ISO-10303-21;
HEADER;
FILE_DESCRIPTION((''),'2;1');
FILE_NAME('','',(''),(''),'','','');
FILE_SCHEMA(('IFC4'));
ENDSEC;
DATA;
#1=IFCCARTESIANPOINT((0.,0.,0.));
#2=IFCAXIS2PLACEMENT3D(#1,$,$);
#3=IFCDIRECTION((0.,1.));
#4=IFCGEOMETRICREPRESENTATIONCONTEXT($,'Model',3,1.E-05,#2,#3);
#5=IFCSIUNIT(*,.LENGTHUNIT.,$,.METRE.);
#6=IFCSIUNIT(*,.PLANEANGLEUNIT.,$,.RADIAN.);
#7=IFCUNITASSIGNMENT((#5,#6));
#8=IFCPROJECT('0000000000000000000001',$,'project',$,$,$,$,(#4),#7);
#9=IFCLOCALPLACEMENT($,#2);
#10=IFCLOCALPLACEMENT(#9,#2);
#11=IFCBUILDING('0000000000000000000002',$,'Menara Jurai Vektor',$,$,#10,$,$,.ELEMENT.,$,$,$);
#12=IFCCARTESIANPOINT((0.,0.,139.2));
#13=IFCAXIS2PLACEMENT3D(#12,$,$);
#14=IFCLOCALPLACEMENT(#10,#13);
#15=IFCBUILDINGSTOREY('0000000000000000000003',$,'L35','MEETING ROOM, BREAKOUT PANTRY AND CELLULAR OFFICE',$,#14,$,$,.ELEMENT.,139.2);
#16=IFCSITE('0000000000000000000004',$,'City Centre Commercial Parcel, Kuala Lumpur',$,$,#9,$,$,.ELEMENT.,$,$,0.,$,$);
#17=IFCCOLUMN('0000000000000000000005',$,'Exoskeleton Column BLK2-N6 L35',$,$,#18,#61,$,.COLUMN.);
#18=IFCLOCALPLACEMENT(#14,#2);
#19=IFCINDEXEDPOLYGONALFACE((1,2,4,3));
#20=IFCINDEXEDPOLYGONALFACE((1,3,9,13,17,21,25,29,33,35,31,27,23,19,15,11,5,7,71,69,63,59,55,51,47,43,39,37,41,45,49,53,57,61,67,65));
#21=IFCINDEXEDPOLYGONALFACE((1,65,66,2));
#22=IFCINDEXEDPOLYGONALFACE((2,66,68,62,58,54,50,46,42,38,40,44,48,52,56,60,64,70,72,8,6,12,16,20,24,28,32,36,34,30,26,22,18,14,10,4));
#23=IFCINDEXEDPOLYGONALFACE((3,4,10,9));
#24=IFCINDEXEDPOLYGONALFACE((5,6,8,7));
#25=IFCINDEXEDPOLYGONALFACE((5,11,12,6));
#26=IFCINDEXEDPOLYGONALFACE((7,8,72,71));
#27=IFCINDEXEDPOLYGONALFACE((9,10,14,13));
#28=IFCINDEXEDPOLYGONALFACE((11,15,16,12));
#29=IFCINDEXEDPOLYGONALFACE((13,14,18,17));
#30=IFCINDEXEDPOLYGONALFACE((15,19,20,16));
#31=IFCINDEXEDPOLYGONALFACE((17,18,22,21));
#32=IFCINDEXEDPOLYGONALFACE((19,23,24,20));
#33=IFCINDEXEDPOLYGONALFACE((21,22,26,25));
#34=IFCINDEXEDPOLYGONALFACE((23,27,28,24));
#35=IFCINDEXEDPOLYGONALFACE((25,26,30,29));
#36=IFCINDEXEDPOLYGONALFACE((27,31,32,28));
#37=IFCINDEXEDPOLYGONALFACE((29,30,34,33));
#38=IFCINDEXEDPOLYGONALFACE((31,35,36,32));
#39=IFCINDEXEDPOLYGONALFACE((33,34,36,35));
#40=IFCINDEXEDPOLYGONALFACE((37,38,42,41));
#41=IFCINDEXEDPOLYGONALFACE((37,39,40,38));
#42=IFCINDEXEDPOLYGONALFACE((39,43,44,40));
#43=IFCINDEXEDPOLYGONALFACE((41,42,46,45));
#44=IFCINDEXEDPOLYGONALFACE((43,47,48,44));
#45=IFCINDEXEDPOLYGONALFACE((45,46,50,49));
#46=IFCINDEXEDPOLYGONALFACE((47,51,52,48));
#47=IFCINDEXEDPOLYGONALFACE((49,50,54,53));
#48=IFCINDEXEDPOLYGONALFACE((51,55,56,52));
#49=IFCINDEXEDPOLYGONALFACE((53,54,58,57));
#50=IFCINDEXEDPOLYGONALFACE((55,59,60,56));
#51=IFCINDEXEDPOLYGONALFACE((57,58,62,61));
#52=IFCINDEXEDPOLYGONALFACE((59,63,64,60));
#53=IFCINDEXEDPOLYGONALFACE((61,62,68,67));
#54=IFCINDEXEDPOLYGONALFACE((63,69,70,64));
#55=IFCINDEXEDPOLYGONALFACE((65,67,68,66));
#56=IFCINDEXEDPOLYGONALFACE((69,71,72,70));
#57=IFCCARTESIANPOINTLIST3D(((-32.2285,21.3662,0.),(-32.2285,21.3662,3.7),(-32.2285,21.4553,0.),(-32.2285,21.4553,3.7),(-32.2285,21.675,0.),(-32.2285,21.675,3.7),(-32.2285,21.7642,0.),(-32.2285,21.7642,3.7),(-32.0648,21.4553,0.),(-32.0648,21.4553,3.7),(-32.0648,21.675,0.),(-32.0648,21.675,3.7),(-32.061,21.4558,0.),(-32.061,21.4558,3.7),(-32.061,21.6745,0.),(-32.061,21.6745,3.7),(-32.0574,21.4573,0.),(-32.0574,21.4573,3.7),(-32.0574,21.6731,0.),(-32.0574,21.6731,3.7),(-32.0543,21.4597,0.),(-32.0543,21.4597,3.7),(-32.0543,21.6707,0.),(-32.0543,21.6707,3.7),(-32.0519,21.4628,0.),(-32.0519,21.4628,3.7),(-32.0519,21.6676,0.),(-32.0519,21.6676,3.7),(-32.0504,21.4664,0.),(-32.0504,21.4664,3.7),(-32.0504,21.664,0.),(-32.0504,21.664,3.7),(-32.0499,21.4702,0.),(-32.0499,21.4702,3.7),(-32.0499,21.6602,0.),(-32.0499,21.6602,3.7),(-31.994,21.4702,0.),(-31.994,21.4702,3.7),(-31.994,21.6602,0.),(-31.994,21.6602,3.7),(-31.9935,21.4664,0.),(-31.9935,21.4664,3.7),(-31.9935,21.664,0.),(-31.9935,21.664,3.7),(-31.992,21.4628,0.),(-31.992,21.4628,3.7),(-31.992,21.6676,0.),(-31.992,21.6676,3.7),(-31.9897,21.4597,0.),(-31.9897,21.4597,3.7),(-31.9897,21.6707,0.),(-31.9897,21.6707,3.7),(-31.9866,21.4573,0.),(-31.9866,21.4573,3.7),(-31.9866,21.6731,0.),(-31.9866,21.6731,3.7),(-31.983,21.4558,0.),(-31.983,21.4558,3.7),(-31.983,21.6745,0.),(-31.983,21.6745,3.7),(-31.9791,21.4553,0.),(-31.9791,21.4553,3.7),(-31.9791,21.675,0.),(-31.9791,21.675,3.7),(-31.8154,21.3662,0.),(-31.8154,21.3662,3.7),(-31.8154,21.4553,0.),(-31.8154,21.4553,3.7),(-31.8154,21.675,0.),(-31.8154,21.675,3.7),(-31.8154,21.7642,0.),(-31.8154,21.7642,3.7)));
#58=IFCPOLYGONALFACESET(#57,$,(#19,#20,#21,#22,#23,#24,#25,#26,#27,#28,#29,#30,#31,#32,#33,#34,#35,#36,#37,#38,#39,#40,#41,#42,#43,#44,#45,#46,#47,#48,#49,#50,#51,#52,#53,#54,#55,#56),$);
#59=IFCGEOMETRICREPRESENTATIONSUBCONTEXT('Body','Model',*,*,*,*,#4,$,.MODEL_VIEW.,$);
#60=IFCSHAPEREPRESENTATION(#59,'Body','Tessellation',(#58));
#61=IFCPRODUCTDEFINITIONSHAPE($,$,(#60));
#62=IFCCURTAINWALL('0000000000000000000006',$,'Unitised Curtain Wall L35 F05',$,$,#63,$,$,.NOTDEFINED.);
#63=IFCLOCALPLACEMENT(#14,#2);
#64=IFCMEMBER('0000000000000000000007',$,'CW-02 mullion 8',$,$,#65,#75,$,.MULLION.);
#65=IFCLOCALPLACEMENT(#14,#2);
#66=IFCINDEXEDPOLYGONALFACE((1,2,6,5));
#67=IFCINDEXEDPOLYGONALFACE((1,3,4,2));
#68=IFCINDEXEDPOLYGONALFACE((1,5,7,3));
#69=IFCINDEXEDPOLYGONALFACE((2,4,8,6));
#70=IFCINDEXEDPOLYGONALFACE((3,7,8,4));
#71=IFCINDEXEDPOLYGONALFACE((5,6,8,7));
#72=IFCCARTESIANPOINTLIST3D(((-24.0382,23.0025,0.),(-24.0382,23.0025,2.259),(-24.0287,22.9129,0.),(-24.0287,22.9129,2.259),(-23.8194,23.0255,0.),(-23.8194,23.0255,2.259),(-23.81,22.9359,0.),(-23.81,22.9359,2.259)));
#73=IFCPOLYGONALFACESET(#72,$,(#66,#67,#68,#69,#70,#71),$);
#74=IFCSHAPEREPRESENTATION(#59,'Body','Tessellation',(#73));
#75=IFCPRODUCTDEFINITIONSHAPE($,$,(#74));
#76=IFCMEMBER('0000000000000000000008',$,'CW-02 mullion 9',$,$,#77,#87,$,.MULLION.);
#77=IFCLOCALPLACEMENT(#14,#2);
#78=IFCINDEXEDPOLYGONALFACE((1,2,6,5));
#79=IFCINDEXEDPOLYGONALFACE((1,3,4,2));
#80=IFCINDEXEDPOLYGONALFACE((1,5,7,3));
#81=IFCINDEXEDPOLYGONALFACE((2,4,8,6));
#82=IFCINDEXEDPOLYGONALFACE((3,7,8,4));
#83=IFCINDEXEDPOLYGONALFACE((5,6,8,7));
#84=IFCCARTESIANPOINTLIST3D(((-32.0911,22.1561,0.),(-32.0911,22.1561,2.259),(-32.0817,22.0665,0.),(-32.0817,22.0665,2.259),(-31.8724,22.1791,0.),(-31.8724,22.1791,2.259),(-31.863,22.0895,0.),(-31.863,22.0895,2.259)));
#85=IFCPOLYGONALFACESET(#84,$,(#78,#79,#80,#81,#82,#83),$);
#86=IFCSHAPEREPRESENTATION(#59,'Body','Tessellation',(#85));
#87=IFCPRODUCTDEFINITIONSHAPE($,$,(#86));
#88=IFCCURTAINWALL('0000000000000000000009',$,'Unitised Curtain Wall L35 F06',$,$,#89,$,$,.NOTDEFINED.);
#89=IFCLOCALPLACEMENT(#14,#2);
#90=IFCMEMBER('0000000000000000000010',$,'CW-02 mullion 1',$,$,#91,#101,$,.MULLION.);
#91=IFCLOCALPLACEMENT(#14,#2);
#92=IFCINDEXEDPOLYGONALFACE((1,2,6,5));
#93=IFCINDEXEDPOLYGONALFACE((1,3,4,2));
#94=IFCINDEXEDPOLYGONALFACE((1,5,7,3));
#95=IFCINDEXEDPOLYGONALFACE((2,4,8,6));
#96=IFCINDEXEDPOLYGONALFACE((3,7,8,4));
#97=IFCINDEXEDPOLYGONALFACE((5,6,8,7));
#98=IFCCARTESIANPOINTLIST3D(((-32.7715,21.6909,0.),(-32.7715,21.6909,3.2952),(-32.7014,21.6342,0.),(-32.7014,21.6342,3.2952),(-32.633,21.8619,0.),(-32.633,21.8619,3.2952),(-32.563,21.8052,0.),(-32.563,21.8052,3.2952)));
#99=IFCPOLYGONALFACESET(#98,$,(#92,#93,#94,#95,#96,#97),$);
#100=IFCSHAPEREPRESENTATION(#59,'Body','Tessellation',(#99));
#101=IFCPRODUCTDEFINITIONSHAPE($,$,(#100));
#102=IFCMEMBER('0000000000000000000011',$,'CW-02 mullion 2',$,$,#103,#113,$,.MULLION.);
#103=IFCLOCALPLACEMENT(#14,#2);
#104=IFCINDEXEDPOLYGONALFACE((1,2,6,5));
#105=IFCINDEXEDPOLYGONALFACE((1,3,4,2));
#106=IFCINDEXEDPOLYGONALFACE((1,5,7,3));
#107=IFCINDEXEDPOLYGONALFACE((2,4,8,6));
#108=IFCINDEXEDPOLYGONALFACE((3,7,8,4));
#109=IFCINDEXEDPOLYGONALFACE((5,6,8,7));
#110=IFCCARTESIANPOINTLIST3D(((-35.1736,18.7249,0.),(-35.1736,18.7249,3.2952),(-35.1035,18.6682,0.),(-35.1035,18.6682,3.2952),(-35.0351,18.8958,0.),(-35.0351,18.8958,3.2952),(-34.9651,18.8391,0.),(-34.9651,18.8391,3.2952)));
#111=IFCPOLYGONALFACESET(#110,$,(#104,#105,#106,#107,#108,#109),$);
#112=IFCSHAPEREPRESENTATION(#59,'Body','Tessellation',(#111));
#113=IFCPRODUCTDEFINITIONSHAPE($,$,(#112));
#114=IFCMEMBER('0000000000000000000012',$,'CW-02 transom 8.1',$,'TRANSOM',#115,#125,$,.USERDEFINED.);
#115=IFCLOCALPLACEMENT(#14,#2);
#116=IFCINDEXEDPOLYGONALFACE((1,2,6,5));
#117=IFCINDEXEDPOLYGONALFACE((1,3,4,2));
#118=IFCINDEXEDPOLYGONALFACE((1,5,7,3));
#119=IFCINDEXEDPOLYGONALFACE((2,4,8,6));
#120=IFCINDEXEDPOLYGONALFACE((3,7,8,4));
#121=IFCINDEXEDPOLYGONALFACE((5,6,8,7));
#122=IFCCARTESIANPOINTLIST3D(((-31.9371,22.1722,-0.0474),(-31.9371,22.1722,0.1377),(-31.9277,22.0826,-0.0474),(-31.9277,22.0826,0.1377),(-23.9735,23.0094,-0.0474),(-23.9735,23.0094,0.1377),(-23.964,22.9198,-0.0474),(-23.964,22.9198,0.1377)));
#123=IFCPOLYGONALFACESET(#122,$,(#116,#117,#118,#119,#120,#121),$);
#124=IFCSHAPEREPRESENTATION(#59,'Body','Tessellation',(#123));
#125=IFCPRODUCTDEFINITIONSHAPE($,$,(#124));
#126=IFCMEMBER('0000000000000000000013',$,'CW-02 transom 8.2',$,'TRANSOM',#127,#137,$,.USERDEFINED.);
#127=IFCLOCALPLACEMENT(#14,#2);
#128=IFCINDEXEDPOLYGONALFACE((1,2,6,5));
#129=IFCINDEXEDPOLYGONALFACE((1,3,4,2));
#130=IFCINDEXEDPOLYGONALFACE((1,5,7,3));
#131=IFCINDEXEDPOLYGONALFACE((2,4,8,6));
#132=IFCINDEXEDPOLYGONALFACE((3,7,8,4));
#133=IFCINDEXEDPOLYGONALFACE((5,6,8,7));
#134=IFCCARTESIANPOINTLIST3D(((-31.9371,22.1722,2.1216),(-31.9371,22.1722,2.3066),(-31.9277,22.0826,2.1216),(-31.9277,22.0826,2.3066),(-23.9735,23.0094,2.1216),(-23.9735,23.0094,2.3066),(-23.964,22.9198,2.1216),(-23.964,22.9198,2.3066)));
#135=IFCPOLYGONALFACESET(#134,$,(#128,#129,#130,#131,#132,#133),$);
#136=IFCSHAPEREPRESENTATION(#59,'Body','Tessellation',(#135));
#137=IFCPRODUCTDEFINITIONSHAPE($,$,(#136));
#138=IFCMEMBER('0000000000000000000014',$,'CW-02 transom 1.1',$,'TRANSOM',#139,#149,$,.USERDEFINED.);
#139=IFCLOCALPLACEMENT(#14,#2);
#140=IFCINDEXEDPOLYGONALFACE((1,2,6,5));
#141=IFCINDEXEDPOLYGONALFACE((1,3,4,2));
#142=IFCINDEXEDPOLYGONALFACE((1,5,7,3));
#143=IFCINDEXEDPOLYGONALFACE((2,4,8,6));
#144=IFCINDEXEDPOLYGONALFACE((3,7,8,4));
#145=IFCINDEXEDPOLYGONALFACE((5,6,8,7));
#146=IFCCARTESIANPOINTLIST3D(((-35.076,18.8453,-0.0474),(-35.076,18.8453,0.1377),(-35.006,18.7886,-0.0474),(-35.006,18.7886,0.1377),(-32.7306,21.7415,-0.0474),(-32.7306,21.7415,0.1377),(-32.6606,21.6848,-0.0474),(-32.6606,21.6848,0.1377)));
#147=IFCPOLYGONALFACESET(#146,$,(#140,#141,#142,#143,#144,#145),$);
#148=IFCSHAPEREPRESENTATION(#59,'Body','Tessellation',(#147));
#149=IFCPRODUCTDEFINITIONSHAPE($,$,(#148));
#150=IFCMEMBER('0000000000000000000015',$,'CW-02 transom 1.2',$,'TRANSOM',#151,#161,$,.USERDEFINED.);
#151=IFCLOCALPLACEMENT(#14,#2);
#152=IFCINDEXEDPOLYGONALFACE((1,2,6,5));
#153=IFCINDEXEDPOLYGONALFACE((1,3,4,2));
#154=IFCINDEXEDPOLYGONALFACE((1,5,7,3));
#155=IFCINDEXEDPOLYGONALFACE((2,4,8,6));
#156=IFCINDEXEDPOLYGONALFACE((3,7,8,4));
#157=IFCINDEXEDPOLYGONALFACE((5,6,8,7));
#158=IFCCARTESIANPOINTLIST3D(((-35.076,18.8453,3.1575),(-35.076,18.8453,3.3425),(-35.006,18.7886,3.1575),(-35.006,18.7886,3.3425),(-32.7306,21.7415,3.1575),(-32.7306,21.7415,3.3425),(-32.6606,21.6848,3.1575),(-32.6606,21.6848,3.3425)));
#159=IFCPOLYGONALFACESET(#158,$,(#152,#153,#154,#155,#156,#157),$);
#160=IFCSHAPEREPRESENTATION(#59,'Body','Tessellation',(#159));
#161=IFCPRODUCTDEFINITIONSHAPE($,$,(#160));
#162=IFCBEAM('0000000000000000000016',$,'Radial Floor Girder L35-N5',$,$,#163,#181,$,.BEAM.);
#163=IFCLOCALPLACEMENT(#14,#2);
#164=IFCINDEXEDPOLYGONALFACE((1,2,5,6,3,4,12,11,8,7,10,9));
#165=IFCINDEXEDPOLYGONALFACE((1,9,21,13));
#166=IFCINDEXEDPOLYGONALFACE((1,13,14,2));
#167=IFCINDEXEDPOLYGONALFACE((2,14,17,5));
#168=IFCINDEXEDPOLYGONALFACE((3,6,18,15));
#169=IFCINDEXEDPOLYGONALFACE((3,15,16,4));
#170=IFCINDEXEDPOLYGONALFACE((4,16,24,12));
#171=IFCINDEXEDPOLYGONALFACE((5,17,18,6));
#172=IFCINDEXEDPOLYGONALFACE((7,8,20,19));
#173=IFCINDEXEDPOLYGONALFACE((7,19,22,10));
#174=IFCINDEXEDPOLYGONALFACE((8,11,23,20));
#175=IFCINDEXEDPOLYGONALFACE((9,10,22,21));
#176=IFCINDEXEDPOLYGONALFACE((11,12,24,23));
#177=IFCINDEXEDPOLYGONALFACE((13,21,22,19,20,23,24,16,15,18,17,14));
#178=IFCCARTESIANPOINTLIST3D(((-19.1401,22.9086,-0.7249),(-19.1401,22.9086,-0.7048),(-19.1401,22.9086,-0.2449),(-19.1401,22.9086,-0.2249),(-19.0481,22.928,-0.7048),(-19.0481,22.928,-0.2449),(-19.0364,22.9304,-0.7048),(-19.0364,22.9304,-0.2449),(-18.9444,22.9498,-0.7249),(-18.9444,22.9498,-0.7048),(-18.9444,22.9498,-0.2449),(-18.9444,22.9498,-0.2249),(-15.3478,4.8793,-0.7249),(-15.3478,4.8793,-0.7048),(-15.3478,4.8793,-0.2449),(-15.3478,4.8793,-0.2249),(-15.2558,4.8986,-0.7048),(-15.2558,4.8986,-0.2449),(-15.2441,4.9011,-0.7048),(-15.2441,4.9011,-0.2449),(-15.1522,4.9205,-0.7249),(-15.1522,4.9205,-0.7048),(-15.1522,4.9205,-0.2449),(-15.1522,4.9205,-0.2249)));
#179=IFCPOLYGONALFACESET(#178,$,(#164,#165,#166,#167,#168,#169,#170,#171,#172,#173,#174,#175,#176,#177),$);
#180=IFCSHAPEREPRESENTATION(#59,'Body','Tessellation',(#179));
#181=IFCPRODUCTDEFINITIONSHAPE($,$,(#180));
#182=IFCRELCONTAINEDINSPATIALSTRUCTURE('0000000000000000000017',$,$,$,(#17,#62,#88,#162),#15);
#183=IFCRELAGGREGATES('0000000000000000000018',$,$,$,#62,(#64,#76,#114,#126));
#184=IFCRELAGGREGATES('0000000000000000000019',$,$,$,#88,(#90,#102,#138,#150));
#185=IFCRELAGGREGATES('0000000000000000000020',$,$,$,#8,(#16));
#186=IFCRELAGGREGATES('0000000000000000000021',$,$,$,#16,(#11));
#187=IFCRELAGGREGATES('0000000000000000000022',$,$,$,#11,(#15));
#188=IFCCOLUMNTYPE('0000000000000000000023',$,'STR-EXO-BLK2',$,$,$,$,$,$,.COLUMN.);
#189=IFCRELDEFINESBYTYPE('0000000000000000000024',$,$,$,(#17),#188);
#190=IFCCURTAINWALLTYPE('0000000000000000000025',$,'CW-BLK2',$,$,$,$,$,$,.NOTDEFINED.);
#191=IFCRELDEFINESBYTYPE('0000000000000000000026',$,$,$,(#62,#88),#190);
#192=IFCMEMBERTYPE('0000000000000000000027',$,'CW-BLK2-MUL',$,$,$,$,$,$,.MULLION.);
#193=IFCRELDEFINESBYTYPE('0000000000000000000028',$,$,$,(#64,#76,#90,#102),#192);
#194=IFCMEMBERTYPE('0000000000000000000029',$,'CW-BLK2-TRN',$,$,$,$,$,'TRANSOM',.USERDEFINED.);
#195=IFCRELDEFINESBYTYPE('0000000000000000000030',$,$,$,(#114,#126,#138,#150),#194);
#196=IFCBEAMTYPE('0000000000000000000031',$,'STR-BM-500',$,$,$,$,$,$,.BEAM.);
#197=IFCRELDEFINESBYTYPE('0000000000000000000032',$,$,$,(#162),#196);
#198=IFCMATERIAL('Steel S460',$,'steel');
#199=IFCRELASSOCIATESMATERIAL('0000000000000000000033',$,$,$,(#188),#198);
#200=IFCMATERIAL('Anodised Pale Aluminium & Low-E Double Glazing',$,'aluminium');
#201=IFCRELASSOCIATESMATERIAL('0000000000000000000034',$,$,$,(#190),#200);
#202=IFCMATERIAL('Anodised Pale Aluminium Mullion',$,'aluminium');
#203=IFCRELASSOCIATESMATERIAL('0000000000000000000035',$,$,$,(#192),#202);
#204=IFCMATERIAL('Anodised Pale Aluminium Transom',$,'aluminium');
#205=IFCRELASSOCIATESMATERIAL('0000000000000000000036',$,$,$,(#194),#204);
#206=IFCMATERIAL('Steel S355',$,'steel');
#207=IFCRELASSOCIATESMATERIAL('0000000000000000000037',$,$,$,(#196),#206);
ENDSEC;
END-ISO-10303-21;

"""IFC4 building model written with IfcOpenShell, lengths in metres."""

from ifc_helpers import new_model, si_unit, direction, frame, origin, origin_2d, place, context, subcontext, project, spatial, rectangle, i_section, extrude, material, material_profile, profile_set, type_object, element, aggregate, save


model = new_model("IFC4")

# Units and contexts
model_context = context("Model", 3, precision=1e-05, world=origin(), true_north=direction((0.0, 1.0)))
body_context = subcontext(model_context, "Body", "Model", "MODEL_VIEW")
ifc_project = project(units=[si_unit("LENGTHUNIT", "METRE"), si_unit("PLANEANGLEUNIT", "RADIAN")], contexts=[model_context])

# Site, building, storey
site_placement = place(None, origin())
site = spatial("IfcSite", under=ifc_project, at=site_placement, Name="City Centre Commercial Parcel, Kuala Lumpur", CompositionType="ELEMENT", RefElevation=0.0)
building_placement = place(site_placement, origin())
building = spatial("IfcBuilding", under=site, at=building_placement, Name="Menara Jurai Vektor", CompositionType="ELEMENT")
storey_placement = place(building_placement, frame((0.0, 0.0, 139.2)))
storey = spatial("IfcBuildingStorey", under=building, at=storey_placement, Name="L35", Description="MEETING ROOM, BREAKOUT PANTRY AND CELLULAR OFFICE", CompositionType="ELEMENT", Elevation=139.2)

# Column
ifc_material_1 = material(Name="Steel S460", Category="steel")
ifc_material_profile_1 = material_profile(ifc_material_1, i_section(OverallWidth=0.4131, OverallDepth=0.3979, WebThickness=0.0559, FlangeThickness=0.0891, FilletRadius=0.0149, at=origin_2d()), Name="HD 400x744")
ifc_profile_set_1 = profile_set([ifc_material_profile_1], Name="Steel S460")
column_type = type_object("IfcColumnType", Name="STR-EXO-BLK2", PredefinedType="COLUMN", material=ifc_profile_set_1)
column_placement = place(storey_placement, frame((-32.022, 21.5652, 0.0), z_axis=(0.0, 0.0, 1.0), x_axis=(1.0, 0.0, 0.0)))
element("IfcColumn", 1, at=column_placement, inside=storey, type_object=column_type, Name="Exoskeleton Column BLK2-N6 L35", PredefinedType="COLUMN", context=body_context, shape_type="SweptSolid", body=[
    extrude(i_section(OverallWidth=0.4131, OverallDepth=0.3979, WebThickness=0.0559, FlangeThickness=0.0891, FilletRadius=0.0149, at=origin_2d()), origin(), (0.0, 0.0, 1.0), 3.7),
])

# Curtain walls, members
ifc_material_2 = material(Name="Anodised Pale Aluminium & Low-E Double Glazing", Category="aluminium")
curtain_wall_type = type_object("IfcCurtainWallType", Name="CW-BLK2", PredefinedType="NOTDEFINED", material=ifc_material_2)
curtain_wall_1_placement = place(storey_placement, origin())
curtain_wall_1 = element("IfcCurtainWall", 2, at=curtain_wall_1_placement, inside=storey, type_object=curtain_wall_type, Name="Unitised Curtain Wall L35 F05", PredefinedType="NOTDEFINED")
ifc_material_3 = material(Name="Anodised Pale Aluminium Mullion", Category="aluminium")
ifc_material_profile_2 = material_profile(ifc_material_3, rectangle(XDim=0.0901, YDim=0.22, at=origin_2d()), Name="ALU MUL 90x220")
ifc_profile_set_2 = profile_set([ifc_material_profile_2], Name="Anodised Pale Aluminium Mullion")
member_type_1 = type_object("IfcMemberType", Name="CW-BLK2-MUL", PredefinedType="MULLION", material=ifc_profile_set_2)
member_1_placement = place(storey_placement, frame((-23.9241, 22.9692, 0.0), z_axis=(0.0, 0.0, 1.0), x_axis=(0.104529, -0.994522, 0.0)))
member_1 = element("IfcMember", 3, at=member_1_placement, type_object=member_type_1, Name="CW-02 mullion 8", PredefinedType="MULLION", context=body_context, shape_type="SweptSolid", body=[
    extrude(rectangle(XDim=0.0901, YDim=0.22, at=origin_2d()), origin(), (0.0, 0.0, 1.0), 2.259),
])
member_2_placement = place(storey_placement, frame((-31.9771, 22.1228, 0.0), z_axis=(0.0, 0.0, 1.0), x_axis=(0.104529, -0.994522, 0.0)))
member_2 = element("IfcMember", 4, at=member_2_placement, type_object=member_type_1, Name="CW-02 mullion 9", PredefinedType="MULLION", context=body_context, shape_type="SweptSolid", body=[
    extrude(rectangle(XDim=0.0901, YDim=0.22, at=origin_2d()), origin(), (0.0, 0.0, 1.0), 2.259),
])
curtain_wall_2_placement = place(storey_placement, origin())
curtain_wall_2 = element("IfcCurtainWall", 5, at=curtain_wall_2_placement, inside=storey, type_object=curtain_wall_type, Name="Unitised Curtain Wall L35 F06", PredefinedType="NOTDEFINED")
member_3_placement = place(storey_placement, frame((-32.6672, 21.748, 0.0), z_axis=(0.0, 0.0, 1.0), x_axis=(0.777129, -0.629341, 0.0)))
member_3 = element("IfcMember", 6, at=member_3_placement, type_object=member_type_1, Name="CW-02 mullion 1", PredefinedType="MULLION", context=body_context, shape_type="SweptSolid", body=[
    extrude(rectangle(XDim=0.0901, YDim=0.22, at=origin_2d()), origin(), (0.0, 0.0, 1.0), 3.2952),
])
member_4_placement = place(storey_placement, frame((-35.0693, 18.782, 0.0), z_axis=(0.0, 0.0, 1.0), x_axis=(0.777129, -0.629341, 0.0)))
member_4 = element("IfcMember", 7, at=member_4_placement, type_object=member_type_1, Name="CW-02 mullion 2", PredefinedType="MULLION", context=body_context, shape_type="SweptSolid", body=[
    extrude(rectangle(XDim=0.0901, YDim=0.22, at=origin_2d()), origin(), (0.0, 0.0, 1.0), 3.2952),
])

# Members
ifc_material_4 = material(Name="Anodised Pale Aluminium Transom", Category="aluminium")
ifc_material_profile_3 = material_profile(ifc_material_4, rectangle(XDim=0.0901, YDim=0.1851, at=origin_2d()), Name="ALU TRN 90x185")
ifc_profile_set_3 = profile_set([ifc_material_profile_3], Name="Anodised Pale Aluminium Transom")
member_type_2 = type_object("IfcMemberType", Name="CW-BLK2-TRN", ElementType="TRANSOM", PredefinedType="USERDEFINED", material=ifc_profile_set_3)
member_5_placement = place(storey_placement, frame((-23.9688, 22.9646, 0.0452), z_axis=(-0.99452, -0.104547, 0.0), x_axis=(0.104547, -0.99452, 0.0)))
member_5 = element("IfcMember", 8, at=member_5_placement, type_object=member_type_2, Name="CW-02 transom 8.1", ObjectType="TRANSOM", PredefinedType="USERDEFINED", context=body_context, shape_type="SweptSolid", body=[
    extrude(rectangle(XDim=0.0901, YDim=0.1851, at=origin_2d()), origin(), (0.0, 0.0, 1.0), 8.0076),
])
member_6_placement = place(storey_placement, frame((-23.9688, 22.9646, 2.2141), z_axis=(-0.99452, -0.104547, 0.0), x_axis=(0.104547, -0.99452, 0.0)))
member_6 = element("IfcMember", 9, at=member_6_placement, type_object=member_type_2, Name="CW-02 transom 8.2", ObjectType="TRANSOM", PredefinedType="USERDEFINED", context=body_context, shape_type="SweptSolid", body=[
    extrude(rectangle(XDim=0.0901, YDim=0.1851, at=origin_2d()), origin(), (0.0, 0.0, 1.0), 8.0076),
])
member_7_placement = place(storey_placement, frame((-32.6956, 21.7131, 0.0452), z_axis=(-0.629341, -0.777129, 0.0), x_axis=(0.777129, -0.629341, 0.0)))
member_7 = element("IfcMember", 10, at=member_7_placement, type_object=member_type_2, Name="CW-02 transom 1.1", ObjectType="TRANSOM", PredefinedType="USERDEFINED", context=body_context, shape_type="SweptSolid", body=[
    extrude(rectangle(XDim=0.0901, YDim=0.1851, at=origin_2d()), origin(), (0.0, 0.0, 1.0), 3.7268),
])
member_8_placement = place(storey_placement, frame((-32.6956, 21.7131, 3.25), z_axis=(-0.629341, -0.777129, 0.0), x_axis=(0.777129, -0.629341, 0.0)))
member_8 = element("IfcMember", 11, at=member_8_placement, type_object=member_type_2, Name="CW-02 transom 1.2", ObjectType="TRANSOM", PredefinedType="USERDEFINED", context=body_context, shape_type="SweptSolid", body=[
    extrude(rectangle(XDim=0.0901, YDim=0.1851, at=origin_2d()), origin(), (0.0, 0.0, 1.0), 3.7268),
])

# Beam
ifc_material_5 = material(Name="Steel S355", Category="steel")
ifc_material_profile_4 = material_profile(ifc_material_5, i_section(OverallWidth=0.2, OverallDepth=0.5, WebThickness=0.012, FlangeThickness=0.02, at=origin_2d()), Name="PG 500x200x96")
ifc_profile_set_4 = profile_set([ifc_material_profile_4], Name="Steel S355")
beam_type_1 = type_object("IfcBeamType", Name="STR-BM-500", PredefinedType="BEAM", material=ifc_profile_set_4)
beam_1_placement = place(storey_placement, frame((-19.0422, 22.9292, -0.4749), z_axis=(0.205833, -0.978587, 0.0), x_axis=(0.978587, 0.205833, 0.0)))
element("IfcBeam", 12, at=beam_1_placement, inside=storey, type_object=beam_type_1, Name="Radial Floor Girder L35-N5", PredefinedType="BEAM", context=body_context, shape_type="SweptSolid", body=[
    extrude(i_section(OverallWidth=0.2, OverallDepth=0.5, WebThickness=0.012, FlangeThickness=0.02, at=origin_2d()), origin(), (0.0, 0.0, 1.0), 18.4238),
])

aggregate(curtain_wall_1, [member_1, member_2, member_5, member_6])
aggregate(curtain_wall_2, [member_3, member_4, member_7, member_8])

save(model, "model.ifc")
